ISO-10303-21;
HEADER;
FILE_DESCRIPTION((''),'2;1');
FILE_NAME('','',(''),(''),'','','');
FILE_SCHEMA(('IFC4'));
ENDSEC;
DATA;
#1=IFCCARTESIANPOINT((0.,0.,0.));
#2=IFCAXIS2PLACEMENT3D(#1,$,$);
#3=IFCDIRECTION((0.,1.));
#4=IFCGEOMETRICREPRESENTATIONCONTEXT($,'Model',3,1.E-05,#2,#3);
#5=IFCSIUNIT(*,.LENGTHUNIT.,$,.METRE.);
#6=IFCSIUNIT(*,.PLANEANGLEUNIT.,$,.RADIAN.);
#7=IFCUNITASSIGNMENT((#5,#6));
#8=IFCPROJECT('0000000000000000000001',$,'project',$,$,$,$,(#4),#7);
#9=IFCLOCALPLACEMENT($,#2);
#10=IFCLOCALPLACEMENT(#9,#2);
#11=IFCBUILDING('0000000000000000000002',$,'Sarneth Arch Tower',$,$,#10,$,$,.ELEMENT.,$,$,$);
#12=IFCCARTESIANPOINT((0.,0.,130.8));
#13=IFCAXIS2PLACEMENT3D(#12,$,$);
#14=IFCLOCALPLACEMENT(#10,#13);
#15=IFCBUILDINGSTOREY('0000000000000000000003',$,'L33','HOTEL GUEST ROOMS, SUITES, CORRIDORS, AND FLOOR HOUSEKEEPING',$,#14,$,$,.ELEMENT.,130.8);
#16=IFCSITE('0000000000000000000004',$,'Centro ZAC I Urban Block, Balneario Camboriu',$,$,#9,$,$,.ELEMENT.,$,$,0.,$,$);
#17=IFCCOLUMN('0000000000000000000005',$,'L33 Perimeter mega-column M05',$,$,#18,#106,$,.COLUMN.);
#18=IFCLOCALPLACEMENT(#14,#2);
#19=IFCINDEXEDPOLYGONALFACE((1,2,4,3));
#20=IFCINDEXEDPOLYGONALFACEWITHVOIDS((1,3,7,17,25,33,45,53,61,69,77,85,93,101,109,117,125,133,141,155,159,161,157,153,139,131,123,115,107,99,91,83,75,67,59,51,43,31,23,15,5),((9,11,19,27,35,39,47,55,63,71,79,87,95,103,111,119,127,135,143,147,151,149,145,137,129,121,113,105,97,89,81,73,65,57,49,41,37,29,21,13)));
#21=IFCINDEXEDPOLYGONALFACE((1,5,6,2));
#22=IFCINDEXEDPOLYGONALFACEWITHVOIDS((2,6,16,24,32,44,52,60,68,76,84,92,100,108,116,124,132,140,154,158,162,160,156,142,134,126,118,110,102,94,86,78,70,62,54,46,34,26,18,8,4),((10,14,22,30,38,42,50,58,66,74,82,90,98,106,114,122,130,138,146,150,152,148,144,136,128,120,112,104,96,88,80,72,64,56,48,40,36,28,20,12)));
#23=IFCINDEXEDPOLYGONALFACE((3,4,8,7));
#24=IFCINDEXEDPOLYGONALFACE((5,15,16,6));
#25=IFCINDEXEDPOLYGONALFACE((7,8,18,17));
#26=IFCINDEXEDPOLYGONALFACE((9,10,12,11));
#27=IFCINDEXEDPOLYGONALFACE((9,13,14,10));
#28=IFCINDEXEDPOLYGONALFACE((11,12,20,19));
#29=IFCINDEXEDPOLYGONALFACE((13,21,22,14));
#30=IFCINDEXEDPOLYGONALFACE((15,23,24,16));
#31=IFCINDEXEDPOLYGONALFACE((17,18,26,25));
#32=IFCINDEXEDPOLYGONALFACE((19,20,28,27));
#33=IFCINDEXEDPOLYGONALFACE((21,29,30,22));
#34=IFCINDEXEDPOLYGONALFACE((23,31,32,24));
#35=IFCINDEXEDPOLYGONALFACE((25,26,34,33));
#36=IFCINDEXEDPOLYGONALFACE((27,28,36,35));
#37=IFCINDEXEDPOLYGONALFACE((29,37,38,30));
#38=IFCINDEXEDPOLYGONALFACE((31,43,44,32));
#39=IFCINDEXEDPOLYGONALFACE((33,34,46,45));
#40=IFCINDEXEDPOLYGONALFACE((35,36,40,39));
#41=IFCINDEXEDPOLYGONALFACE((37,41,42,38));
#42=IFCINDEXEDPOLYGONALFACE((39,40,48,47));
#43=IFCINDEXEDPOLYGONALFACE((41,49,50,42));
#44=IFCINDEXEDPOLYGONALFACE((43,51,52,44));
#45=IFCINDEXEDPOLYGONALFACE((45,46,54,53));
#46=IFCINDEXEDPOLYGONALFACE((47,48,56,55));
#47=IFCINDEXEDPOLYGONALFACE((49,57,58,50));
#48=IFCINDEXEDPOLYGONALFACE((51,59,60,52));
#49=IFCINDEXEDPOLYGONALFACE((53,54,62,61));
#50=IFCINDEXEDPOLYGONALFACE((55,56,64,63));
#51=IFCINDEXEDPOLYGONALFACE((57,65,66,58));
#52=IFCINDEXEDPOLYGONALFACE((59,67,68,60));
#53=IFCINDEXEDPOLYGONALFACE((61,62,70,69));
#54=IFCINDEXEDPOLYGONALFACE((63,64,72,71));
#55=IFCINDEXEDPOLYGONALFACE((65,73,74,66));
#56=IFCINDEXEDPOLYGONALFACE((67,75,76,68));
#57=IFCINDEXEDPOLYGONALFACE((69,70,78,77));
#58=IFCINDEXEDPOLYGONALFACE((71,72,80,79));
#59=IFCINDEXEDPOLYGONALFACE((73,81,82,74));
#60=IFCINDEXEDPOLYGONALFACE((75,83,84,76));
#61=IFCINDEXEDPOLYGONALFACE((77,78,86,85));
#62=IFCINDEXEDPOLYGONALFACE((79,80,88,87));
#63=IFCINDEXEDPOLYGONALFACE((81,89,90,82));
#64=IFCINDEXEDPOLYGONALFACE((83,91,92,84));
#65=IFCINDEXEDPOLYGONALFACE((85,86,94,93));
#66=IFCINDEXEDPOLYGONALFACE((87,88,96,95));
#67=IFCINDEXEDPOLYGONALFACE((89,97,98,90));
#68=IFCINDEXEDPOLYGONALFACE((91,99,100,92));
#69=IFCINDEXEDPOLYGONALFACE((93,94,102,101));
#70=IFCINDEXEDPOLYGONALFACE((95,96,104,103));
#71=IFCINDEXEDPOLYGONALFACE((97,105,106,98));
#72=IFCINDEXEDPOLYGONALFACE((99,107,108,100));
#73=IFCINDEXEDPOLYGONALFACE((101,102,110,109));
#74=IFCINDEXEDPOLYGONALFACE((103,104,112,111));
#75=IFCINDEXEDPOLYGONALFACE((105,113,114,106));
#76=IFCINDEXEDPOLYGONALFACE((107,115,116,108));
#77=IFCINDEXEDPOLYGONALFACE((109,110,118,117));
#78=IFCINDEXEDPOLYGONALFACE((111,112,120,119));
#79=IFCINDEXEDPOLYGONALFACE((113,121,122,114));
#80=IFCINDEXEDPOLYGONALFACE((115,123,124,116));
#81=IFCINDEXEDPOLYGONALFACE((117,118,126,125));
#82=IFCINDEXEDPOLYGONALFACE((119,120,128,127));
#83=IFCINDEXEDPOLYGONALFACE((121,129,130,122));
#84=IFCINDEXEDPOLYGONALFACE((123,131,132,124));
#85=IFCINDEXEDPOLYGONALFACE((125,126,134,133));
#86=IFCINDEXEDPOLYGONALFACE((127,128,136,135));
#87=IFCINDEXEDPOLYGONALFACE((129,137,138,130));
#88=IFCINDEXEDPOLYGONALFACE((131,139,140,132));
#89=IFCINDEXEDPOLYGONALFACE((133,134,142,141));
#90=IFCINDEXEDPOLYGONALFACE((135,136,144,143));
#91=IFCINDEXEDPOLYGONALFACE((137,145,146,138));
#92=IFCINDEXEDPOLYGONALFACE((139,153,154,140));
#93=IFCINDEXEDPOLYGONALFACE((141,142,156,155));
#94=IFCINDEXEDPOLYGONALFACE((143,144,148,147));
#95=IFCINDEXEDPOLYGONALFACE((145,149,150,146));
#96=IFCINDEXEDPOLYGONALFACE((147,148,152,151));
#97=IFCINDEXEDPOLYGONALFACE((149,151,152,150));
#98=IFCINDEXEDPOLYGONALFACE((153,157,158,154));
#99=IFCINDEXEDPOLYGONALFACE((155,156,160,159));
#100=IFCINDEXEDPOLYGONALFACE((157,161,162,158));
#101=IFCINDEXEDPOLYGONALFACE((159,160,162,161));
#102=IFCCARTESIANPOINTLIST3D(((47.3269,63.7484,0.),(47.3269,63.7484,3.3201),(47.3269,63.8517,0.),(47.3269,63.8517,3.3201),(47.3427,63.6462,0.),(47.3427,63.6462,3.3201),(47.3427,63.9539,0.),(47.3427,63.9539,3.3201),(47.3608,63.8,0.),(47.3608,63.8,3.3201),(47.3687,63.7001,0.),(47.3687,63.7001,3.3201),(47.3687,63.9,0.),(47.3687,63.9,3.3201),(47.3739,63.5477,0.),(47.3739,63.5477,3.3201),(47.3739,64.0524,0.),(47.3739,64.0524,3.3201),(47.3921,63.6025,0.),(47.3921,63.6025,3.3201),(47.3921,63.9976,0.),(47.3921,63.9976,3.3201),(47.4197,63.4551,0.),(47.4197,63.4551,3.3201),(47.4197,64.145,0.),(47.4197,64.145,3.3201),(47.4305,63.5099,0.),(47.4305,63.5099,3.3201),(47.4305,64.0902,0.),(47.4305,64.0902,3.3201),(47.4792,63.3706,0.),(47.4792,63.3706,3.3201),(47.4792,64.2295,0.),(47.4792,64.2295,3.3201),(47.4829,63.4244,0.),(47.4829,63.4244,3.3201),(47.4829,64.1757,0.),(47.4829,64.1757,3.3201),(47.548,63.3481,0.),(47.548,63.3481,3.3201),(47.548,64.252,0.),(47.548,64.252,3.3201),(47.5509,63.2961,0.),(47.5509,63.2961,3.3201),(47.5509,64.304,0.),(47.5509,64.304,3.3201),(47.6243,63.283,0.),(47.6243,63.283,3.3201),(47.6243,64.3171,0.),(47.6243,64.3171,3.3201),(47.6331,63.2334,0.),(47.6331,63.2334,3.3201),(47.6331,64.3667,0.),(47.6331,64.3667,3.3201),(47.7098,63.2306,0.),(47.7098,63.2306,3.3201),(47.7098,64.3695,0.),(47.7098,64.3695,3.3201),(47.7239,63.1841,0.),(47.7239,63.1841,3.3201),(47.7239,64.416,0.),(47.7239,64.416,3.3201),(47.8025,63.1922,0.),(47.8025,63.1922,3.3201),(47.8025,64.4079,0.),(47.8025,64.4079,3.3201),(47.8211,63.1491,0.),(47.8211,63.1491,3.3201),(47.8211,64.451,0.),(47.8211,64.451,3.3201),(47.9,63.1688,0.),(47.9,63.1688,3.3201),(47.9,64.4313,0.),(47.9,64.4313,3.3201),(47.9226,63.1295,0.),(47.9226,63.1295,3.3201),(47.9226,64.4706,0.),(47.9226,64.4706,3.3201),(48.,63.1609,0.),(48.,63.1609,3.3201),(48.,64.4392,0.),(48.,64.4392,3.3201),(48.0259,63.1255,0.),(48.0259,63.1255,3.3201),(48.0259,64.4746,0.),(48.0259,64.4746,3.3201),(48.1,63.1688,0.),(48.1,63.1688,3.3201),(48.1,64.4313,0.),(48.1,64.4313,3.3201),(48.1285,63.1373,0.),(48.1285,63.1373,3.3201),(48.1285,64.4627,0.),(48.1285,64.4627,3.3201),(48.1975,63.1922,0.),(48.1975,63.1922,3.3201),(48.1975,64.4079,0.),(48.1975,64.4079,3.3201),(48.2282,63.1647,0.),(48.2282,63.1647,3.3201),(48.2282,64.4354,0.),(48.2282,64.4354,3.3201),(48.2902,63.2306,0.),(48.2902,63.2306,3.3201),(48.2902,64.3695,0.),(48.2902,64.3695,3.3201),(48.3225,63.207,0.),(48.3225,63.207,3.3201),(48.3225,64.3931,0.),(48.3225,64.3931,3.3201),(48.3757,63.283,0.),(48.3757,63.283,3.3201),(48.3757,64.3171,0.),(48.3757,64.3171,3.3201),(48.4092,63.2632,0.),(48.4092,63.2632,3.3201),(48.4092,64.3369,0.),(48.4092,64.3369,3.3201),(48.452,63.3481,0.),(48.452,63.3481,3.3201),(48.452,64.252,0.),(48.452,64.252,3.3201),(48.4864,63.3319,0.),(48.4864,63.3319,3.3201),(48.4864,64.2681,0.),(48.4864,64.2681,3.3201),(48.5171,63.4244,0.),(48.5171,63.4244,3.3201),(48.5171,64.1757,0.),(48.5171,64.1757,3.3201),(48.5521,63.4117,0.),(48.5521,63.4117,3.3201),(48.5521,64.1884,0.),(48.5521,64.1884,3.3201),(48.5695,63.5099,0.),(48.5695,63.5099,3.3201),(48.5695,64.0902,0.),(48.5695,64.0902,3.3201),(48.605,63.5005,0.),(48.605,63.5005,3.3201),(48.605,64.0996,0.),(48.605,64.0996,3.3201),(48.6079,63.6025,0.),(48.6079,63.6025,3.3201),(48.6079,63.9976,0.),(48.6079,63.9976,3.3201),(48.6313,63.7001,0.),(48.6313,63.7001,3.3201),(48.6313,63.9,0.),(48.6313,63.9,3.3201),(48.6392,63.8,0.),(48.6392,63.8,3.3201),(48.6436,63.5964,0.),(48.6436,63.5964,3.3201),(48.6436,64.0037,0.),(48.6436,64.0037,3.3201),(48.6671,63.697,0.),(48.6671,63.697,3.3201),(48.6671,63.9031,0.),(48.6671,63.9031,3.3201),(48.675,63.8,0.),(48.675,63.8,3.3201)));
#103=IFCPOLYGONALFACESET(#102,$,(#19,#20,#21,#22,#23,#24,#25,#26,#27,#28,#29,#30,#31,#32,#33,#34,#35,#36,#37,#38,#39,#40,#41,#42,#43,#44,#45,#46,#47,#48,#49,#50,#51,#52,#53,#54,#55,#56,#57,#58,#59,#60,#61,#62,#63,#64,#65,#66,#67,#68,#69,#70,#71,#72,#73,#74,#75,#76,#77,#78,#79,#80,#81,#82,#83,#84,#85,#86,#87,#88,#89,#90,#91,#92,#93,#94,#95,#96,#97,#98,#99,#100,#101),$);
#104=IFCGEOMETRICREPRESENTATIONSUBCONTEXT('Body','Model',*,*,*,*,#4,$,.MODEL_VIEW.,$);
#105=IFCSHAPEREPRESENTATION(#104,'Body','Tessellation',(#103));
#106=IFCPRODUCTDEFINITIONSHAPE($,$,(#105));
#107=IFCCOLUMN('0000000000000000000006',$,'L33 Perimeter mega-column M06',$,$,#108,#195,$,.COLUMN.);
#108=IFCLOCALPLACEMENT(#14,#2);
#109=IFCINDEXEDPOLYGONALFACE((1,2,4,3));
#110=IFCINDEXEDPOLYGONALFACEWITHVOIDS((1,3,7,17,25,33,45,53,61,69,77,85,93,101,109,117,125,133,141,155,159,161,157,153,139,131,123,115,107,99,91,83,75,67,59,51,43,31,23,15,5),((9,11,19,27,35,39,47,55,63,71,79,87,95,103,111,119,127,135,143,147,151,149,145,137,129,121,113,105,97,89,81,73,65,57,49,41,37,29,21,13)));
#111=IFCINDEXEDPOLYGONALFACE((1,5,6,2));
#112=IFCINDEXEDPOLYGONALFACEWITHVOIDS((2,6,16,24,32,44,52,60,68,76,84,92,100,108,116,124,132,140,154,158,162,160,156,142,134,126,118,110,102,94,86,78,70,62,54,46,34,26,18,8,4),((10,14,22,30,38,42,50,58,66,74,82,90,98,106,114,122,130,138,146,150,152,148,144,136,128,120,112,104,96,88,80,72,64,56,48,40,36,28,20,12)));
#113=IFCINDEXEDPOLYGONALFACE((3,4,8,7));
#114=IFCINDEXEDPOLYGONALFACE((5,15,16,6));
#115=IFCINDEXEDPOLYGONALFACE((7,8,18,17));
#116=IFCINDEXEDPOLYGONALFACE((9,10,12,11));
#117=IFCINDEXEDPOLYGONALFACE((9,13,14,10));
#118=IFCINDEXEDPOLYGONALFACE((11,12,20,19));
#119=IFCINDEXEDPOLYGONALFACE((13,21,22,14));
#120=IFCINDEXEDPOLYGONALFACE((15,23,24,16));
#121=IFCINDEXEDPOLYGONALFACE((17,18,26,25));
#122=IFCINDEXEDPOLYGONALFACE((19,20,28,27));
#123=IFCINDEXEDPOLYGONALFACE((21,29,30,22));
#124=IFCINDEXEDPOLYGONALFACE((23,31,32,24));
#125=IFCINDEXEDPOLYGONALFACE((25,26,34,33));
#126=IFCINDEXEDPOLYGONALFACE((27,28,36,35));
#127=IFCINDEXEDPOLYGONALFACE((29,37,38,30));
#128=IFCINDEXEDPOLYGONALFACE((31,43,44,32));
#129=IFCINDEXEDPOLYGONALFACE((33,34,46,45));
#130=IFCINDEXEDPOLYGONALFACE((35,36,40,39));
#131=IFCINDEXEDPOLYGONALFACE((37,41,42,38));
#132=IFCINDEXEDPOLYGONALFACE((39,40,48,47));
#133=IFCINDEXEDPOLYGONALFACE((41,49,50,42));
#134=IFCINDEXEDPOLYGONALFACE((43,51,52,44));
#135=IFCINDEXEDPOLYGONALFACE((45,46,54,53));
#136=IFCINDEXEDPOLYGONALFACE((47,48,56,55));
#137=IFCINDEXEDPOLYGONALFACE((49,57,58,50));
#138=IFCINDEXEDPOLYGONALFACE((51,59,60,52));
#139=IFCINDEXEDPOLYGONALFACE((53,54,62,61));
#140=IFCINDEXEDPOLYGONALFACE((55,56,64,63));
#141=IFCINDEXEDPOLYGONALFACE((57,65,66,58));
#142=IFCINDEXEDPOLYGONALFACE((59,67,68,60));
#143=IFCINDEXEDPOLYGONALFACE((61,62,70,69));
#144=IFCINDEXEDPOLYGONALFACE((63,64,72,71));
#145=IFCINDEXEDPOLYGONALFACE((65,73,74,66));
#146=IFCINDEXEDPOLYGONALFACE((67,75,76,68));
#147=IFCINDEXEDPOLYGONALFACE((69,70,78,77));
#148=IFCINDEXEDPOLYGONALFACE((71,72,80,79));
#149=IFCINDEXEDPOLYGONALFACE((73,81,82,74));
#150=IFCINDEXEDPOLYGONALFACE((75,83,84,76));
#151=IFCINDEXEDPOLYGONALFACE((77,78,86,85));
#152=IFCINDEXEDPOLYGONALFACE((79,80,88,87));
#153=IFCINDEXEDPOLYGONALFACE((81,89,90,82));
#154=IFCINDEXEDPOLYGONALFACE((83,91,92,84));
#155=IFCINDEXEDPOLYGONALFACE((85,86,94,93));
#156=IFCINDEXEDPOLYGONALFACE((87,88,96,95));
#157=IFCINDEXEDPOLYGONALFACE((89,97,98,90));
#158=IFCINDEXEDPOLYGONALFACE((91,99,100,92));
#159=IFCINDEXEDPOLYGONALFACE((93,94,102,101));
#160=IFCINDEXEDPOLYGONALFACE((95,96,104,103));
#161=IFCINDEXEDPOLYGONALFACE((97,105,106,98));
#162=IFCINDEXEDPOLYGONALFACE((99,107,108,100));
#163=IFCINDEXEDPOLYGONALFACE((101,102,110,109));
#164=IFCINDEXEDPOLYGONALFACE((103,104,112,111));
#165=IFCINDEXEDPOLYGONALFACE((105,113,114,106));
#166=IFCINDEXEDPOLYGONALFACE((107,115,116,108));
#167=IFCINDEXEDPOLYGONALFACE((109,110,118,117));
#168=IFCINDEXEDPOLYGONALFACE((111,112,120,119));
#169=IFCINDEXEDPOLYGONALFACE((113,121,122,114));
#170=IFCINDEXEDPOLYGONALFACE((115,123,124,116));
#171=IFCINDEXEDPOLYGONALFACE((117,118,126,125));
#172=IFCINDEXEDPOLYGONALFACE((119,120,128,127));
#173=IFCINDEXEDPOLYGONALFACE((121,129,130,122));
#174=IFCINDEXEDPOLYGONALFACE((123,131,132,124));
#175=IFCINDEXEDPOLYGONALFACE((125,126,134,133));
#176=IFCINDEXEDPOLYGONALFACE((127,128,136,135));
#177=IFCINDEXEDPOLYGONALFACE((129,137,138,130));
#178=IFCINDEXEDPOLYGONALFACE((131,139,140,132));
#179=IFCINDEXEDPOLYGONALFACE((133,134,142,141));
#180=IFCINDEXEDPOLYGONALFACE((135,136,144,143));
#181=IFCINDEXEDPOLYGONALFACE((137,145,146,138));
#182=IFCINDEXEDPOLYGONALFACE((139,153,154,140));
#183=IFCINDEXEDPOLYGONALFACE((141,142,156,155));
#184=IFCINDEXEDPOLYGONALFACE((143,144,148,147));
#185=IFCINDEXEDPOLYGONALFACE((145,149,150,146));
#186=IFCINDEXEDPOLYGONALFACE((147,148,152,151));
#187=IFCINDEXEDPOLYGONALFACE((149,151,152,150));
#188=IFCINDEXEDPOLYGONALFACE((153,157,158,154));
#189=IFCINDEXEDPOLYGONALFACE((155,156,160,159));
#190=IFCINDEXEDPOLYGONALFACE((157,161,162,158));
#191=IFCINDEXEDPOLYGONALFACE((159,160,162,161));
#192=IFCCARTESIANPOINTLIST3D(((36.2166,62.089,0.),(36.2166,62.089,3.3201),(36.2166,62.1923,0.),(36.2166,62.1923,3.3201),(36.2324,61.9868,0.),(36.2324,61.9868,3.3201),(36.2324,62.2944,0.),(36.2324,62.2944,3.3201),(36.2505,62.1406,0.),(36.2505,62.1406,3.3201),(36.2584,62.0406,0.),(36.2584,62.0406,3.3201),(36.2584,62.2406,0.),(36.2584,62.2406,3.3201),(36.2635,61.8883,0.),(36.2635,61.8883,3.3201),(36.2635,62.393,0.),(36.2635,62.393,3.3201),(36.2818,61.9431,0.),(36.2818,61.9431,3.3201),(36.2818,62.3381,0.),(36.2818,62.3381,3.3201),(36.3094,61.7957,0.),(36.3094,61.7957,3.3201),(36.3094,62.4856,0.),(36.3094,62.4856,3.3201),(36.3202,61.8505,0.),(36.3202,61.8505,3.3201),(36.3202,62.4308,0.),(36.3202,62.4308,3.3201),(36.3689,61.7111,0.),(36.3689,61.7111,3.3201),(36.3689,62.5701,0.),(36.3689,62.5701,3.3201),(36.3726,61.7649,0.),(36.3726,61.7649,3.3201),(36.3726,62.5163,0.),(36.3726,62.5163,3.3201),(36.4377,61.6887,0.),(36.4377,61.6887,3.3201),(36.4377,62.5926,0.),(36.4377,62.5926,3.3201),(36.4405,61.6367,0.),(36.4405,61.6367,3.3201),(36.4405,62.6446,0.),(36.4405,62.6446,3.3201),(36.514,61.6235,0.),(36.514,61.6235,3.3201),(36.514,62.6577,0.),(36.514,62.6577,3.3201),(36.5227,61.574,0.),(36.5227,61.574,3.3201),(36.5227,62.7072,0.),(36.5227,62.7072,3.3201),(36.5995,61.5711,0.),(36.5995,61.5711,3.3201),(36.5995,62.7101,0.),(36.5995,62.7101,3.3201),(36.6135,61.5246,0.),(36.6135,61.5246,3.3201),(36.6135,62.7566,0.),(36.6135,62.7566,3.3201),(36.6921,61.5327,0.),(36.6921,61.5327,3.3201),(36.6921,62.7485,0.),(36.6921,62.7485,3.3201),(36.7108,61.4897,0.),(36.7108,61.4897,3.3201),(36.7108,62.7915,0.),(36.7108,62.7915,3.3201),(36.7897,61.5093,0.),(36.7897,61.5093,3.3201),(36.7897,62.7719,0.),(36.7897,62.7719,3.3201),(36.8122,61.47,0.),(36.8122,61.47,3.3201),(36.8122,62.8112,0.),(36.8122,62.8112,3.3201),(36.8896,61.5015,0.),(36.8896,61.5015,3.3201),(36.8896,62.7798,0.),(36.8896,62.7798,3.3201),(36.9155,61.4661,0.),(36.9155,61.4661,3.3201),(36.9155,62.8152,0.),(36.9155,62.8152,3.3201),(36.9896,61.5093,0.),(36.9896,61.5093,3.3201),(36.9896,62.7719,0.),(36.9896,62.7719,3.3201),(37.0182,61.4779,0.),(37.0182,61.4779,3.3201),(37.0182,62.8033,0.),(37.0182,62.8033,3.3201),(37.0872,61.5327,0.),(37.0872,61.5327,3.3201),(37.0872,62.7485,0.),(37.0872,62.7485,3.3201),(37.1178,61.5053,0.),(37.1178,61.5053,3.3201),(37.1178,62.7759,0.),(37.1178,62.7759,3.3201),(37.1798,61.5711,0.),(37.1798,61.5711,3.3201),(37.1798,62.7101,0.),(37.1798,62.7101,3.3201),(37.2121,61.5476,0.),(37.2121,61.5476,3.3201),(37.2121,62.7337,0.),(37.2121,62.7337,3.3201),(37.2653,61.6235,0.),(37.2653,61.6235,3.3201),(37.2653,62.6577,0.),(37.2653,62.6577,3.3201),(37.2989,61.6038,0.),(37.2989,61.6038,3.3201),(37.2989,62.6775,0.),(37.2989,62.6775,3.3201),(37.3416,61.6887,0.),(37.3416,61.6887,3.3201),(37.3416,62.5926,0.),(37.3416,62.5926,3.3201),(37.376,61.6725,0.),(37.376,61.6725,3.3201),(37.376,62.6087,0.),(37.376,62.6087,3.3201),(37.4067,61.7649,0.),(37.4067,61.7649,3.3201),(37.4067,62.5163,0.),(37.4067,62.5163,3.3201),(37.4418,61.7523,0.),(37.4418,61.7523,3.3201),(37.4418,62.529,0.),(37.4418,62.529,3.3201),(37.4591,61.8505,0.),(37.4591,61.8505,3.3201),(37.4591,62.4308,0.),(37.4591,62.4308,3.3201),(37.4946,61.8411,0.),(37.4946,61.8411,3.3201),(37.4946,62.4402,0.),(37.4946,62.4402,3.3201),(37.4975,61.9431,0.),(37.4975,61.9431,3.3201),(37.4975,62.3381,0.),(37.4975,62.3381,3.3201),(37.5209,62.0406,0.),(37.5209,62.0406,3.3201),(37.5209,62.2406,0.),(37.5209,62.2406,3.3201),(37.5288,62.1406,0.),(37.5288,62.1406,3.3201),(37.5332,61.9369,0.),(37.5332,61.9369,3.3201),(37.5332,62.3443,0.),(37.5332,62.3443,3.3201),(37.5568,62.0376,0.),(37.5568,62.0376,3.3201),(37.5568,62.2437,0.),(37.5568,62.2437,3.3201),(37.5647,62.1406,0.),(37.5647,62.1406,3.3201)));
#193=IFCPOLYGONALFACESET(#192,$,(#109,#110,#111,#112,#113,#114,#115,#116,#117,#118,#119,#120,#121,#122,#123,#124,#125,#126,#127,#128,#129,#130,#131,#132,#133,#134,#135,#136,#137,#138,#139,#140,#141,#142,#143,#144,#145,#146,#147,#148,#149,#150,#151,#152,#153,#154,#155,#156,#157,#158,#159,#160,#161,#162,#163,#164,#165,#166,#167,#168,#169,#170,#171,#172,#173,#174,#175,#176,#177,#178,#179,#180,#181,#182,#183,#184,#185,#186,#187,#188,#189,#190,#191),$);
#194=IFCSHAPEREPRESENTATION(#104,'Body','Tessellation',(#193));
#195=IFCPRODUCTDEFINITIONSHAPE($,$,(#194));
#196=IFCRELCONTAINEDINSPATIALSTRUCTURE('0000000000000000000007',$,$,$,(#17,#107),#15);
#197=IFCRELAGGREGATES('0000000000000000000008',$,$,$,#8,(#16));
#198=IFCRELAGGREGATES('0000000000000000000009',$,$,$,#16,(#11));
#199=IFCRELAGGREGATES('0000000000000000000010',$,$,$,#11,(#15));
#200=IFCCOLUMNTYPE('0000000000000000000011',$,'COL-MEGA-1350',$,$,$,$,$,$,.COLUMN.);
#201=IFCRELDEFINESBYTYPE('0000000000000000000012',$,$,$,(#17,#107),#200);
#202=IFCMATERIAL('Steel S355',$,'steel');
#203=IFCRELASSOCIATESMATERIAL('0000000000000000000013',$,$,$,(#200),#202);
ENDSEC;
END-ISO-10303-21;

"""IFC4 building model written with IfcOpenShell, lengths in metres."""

from ifc_helpers import new_model, si_unit, direction, frame, origin, origin_2d, place, context, subcontext, project, spatial, hollow_circle, extrude, material, material_profile, profile_set, type_object, element, save


model = new_model("IFC4")

# Units and contexts
model_context = context("Model", 3, precision=1e-05, world=origin(), true_north=direction((0.0, 1.0)))
body_context = subcontext(model_context, "Body", "Model", "MODEL_VIEW")
ifc_project = project(units=[si_unit("LENGTHUNIT", "METRE"), si_unit("PLANEANGLEUNIT", "RADIAN")], contexts=[model_context])

# Site, building, storey
site_placement = place(None, origin())
site = spatial("IfcSite", under=ifc_project, at=site_placement, Name="Centro ZAC I Urban Block, Balneario Camboriu", CompositionType="ELEMENT", RefElevation=0.0)
building_placement = place(site_placement, origin())
building = spatial("IfcBuilding", under=site, at=building_placement, Name="Sarneth Arch Tower", CompositionType="ELEMENT")
storey_placement = place(building_placement, frame((0.0, 0.0, 130.8)))
storey = spatial("IfcBuildingStorey", under=building, at=storey_placement, Name="L33", Description="HOTEL GUEST ROOMS, SUITES, CORRIDORS, AND FLOOR HOUSEKEEPING", CompositionType="ELEMENT", Elevation=130.8)

# Columns
ifc_material_1 = material(Name="Steel S355", Category="steel")
ifc_material_profile_1 = material_profile(ifc_material_1, hollow_circle(Radius=0.675, WallThickness=0.0359, at=origin_2d()), Name="CHS1350x36")
ifc_profile_set_1 = profile_set([ifc_material_profile_1], Name="Steel S355")
column_type = type_object("IfcColumnType", Name="COL-MEGA-1350", PredefinedType="COLUMN", material=ifc_profile_set_1)
for number, where, z_axis, x_axis, name in (
    (1, (48.0, 63.8, 0.0), (0.0, 0.0, 1.0), (1.0, 0.0, 0.0), "L33 Perimeter mega-column M05"),
    (2, (36.8896, 62.1406, 0.0), (0.0, 0.0, 1.0), (1.0, 0.0, 0.0), "L33 Perimeter mega-column M06"),
):
    element("IfcColumn", number, at=place(storey_placement, frame(where, z_axis=z_axis, x_axis=x_axis)), inside=storey, type_object=column_type, Name=name, PredefinedType="COLUMN", context=body_context, shape_type="SweptSolid", body=[
        extrude(hollow_circle(Radius=0.675, WallThickness=0.0359, at=origin_2d()), origin(), (0.0, 0.0, 1.0), 3.3201),
    ])

save(model, "model.ifc")
